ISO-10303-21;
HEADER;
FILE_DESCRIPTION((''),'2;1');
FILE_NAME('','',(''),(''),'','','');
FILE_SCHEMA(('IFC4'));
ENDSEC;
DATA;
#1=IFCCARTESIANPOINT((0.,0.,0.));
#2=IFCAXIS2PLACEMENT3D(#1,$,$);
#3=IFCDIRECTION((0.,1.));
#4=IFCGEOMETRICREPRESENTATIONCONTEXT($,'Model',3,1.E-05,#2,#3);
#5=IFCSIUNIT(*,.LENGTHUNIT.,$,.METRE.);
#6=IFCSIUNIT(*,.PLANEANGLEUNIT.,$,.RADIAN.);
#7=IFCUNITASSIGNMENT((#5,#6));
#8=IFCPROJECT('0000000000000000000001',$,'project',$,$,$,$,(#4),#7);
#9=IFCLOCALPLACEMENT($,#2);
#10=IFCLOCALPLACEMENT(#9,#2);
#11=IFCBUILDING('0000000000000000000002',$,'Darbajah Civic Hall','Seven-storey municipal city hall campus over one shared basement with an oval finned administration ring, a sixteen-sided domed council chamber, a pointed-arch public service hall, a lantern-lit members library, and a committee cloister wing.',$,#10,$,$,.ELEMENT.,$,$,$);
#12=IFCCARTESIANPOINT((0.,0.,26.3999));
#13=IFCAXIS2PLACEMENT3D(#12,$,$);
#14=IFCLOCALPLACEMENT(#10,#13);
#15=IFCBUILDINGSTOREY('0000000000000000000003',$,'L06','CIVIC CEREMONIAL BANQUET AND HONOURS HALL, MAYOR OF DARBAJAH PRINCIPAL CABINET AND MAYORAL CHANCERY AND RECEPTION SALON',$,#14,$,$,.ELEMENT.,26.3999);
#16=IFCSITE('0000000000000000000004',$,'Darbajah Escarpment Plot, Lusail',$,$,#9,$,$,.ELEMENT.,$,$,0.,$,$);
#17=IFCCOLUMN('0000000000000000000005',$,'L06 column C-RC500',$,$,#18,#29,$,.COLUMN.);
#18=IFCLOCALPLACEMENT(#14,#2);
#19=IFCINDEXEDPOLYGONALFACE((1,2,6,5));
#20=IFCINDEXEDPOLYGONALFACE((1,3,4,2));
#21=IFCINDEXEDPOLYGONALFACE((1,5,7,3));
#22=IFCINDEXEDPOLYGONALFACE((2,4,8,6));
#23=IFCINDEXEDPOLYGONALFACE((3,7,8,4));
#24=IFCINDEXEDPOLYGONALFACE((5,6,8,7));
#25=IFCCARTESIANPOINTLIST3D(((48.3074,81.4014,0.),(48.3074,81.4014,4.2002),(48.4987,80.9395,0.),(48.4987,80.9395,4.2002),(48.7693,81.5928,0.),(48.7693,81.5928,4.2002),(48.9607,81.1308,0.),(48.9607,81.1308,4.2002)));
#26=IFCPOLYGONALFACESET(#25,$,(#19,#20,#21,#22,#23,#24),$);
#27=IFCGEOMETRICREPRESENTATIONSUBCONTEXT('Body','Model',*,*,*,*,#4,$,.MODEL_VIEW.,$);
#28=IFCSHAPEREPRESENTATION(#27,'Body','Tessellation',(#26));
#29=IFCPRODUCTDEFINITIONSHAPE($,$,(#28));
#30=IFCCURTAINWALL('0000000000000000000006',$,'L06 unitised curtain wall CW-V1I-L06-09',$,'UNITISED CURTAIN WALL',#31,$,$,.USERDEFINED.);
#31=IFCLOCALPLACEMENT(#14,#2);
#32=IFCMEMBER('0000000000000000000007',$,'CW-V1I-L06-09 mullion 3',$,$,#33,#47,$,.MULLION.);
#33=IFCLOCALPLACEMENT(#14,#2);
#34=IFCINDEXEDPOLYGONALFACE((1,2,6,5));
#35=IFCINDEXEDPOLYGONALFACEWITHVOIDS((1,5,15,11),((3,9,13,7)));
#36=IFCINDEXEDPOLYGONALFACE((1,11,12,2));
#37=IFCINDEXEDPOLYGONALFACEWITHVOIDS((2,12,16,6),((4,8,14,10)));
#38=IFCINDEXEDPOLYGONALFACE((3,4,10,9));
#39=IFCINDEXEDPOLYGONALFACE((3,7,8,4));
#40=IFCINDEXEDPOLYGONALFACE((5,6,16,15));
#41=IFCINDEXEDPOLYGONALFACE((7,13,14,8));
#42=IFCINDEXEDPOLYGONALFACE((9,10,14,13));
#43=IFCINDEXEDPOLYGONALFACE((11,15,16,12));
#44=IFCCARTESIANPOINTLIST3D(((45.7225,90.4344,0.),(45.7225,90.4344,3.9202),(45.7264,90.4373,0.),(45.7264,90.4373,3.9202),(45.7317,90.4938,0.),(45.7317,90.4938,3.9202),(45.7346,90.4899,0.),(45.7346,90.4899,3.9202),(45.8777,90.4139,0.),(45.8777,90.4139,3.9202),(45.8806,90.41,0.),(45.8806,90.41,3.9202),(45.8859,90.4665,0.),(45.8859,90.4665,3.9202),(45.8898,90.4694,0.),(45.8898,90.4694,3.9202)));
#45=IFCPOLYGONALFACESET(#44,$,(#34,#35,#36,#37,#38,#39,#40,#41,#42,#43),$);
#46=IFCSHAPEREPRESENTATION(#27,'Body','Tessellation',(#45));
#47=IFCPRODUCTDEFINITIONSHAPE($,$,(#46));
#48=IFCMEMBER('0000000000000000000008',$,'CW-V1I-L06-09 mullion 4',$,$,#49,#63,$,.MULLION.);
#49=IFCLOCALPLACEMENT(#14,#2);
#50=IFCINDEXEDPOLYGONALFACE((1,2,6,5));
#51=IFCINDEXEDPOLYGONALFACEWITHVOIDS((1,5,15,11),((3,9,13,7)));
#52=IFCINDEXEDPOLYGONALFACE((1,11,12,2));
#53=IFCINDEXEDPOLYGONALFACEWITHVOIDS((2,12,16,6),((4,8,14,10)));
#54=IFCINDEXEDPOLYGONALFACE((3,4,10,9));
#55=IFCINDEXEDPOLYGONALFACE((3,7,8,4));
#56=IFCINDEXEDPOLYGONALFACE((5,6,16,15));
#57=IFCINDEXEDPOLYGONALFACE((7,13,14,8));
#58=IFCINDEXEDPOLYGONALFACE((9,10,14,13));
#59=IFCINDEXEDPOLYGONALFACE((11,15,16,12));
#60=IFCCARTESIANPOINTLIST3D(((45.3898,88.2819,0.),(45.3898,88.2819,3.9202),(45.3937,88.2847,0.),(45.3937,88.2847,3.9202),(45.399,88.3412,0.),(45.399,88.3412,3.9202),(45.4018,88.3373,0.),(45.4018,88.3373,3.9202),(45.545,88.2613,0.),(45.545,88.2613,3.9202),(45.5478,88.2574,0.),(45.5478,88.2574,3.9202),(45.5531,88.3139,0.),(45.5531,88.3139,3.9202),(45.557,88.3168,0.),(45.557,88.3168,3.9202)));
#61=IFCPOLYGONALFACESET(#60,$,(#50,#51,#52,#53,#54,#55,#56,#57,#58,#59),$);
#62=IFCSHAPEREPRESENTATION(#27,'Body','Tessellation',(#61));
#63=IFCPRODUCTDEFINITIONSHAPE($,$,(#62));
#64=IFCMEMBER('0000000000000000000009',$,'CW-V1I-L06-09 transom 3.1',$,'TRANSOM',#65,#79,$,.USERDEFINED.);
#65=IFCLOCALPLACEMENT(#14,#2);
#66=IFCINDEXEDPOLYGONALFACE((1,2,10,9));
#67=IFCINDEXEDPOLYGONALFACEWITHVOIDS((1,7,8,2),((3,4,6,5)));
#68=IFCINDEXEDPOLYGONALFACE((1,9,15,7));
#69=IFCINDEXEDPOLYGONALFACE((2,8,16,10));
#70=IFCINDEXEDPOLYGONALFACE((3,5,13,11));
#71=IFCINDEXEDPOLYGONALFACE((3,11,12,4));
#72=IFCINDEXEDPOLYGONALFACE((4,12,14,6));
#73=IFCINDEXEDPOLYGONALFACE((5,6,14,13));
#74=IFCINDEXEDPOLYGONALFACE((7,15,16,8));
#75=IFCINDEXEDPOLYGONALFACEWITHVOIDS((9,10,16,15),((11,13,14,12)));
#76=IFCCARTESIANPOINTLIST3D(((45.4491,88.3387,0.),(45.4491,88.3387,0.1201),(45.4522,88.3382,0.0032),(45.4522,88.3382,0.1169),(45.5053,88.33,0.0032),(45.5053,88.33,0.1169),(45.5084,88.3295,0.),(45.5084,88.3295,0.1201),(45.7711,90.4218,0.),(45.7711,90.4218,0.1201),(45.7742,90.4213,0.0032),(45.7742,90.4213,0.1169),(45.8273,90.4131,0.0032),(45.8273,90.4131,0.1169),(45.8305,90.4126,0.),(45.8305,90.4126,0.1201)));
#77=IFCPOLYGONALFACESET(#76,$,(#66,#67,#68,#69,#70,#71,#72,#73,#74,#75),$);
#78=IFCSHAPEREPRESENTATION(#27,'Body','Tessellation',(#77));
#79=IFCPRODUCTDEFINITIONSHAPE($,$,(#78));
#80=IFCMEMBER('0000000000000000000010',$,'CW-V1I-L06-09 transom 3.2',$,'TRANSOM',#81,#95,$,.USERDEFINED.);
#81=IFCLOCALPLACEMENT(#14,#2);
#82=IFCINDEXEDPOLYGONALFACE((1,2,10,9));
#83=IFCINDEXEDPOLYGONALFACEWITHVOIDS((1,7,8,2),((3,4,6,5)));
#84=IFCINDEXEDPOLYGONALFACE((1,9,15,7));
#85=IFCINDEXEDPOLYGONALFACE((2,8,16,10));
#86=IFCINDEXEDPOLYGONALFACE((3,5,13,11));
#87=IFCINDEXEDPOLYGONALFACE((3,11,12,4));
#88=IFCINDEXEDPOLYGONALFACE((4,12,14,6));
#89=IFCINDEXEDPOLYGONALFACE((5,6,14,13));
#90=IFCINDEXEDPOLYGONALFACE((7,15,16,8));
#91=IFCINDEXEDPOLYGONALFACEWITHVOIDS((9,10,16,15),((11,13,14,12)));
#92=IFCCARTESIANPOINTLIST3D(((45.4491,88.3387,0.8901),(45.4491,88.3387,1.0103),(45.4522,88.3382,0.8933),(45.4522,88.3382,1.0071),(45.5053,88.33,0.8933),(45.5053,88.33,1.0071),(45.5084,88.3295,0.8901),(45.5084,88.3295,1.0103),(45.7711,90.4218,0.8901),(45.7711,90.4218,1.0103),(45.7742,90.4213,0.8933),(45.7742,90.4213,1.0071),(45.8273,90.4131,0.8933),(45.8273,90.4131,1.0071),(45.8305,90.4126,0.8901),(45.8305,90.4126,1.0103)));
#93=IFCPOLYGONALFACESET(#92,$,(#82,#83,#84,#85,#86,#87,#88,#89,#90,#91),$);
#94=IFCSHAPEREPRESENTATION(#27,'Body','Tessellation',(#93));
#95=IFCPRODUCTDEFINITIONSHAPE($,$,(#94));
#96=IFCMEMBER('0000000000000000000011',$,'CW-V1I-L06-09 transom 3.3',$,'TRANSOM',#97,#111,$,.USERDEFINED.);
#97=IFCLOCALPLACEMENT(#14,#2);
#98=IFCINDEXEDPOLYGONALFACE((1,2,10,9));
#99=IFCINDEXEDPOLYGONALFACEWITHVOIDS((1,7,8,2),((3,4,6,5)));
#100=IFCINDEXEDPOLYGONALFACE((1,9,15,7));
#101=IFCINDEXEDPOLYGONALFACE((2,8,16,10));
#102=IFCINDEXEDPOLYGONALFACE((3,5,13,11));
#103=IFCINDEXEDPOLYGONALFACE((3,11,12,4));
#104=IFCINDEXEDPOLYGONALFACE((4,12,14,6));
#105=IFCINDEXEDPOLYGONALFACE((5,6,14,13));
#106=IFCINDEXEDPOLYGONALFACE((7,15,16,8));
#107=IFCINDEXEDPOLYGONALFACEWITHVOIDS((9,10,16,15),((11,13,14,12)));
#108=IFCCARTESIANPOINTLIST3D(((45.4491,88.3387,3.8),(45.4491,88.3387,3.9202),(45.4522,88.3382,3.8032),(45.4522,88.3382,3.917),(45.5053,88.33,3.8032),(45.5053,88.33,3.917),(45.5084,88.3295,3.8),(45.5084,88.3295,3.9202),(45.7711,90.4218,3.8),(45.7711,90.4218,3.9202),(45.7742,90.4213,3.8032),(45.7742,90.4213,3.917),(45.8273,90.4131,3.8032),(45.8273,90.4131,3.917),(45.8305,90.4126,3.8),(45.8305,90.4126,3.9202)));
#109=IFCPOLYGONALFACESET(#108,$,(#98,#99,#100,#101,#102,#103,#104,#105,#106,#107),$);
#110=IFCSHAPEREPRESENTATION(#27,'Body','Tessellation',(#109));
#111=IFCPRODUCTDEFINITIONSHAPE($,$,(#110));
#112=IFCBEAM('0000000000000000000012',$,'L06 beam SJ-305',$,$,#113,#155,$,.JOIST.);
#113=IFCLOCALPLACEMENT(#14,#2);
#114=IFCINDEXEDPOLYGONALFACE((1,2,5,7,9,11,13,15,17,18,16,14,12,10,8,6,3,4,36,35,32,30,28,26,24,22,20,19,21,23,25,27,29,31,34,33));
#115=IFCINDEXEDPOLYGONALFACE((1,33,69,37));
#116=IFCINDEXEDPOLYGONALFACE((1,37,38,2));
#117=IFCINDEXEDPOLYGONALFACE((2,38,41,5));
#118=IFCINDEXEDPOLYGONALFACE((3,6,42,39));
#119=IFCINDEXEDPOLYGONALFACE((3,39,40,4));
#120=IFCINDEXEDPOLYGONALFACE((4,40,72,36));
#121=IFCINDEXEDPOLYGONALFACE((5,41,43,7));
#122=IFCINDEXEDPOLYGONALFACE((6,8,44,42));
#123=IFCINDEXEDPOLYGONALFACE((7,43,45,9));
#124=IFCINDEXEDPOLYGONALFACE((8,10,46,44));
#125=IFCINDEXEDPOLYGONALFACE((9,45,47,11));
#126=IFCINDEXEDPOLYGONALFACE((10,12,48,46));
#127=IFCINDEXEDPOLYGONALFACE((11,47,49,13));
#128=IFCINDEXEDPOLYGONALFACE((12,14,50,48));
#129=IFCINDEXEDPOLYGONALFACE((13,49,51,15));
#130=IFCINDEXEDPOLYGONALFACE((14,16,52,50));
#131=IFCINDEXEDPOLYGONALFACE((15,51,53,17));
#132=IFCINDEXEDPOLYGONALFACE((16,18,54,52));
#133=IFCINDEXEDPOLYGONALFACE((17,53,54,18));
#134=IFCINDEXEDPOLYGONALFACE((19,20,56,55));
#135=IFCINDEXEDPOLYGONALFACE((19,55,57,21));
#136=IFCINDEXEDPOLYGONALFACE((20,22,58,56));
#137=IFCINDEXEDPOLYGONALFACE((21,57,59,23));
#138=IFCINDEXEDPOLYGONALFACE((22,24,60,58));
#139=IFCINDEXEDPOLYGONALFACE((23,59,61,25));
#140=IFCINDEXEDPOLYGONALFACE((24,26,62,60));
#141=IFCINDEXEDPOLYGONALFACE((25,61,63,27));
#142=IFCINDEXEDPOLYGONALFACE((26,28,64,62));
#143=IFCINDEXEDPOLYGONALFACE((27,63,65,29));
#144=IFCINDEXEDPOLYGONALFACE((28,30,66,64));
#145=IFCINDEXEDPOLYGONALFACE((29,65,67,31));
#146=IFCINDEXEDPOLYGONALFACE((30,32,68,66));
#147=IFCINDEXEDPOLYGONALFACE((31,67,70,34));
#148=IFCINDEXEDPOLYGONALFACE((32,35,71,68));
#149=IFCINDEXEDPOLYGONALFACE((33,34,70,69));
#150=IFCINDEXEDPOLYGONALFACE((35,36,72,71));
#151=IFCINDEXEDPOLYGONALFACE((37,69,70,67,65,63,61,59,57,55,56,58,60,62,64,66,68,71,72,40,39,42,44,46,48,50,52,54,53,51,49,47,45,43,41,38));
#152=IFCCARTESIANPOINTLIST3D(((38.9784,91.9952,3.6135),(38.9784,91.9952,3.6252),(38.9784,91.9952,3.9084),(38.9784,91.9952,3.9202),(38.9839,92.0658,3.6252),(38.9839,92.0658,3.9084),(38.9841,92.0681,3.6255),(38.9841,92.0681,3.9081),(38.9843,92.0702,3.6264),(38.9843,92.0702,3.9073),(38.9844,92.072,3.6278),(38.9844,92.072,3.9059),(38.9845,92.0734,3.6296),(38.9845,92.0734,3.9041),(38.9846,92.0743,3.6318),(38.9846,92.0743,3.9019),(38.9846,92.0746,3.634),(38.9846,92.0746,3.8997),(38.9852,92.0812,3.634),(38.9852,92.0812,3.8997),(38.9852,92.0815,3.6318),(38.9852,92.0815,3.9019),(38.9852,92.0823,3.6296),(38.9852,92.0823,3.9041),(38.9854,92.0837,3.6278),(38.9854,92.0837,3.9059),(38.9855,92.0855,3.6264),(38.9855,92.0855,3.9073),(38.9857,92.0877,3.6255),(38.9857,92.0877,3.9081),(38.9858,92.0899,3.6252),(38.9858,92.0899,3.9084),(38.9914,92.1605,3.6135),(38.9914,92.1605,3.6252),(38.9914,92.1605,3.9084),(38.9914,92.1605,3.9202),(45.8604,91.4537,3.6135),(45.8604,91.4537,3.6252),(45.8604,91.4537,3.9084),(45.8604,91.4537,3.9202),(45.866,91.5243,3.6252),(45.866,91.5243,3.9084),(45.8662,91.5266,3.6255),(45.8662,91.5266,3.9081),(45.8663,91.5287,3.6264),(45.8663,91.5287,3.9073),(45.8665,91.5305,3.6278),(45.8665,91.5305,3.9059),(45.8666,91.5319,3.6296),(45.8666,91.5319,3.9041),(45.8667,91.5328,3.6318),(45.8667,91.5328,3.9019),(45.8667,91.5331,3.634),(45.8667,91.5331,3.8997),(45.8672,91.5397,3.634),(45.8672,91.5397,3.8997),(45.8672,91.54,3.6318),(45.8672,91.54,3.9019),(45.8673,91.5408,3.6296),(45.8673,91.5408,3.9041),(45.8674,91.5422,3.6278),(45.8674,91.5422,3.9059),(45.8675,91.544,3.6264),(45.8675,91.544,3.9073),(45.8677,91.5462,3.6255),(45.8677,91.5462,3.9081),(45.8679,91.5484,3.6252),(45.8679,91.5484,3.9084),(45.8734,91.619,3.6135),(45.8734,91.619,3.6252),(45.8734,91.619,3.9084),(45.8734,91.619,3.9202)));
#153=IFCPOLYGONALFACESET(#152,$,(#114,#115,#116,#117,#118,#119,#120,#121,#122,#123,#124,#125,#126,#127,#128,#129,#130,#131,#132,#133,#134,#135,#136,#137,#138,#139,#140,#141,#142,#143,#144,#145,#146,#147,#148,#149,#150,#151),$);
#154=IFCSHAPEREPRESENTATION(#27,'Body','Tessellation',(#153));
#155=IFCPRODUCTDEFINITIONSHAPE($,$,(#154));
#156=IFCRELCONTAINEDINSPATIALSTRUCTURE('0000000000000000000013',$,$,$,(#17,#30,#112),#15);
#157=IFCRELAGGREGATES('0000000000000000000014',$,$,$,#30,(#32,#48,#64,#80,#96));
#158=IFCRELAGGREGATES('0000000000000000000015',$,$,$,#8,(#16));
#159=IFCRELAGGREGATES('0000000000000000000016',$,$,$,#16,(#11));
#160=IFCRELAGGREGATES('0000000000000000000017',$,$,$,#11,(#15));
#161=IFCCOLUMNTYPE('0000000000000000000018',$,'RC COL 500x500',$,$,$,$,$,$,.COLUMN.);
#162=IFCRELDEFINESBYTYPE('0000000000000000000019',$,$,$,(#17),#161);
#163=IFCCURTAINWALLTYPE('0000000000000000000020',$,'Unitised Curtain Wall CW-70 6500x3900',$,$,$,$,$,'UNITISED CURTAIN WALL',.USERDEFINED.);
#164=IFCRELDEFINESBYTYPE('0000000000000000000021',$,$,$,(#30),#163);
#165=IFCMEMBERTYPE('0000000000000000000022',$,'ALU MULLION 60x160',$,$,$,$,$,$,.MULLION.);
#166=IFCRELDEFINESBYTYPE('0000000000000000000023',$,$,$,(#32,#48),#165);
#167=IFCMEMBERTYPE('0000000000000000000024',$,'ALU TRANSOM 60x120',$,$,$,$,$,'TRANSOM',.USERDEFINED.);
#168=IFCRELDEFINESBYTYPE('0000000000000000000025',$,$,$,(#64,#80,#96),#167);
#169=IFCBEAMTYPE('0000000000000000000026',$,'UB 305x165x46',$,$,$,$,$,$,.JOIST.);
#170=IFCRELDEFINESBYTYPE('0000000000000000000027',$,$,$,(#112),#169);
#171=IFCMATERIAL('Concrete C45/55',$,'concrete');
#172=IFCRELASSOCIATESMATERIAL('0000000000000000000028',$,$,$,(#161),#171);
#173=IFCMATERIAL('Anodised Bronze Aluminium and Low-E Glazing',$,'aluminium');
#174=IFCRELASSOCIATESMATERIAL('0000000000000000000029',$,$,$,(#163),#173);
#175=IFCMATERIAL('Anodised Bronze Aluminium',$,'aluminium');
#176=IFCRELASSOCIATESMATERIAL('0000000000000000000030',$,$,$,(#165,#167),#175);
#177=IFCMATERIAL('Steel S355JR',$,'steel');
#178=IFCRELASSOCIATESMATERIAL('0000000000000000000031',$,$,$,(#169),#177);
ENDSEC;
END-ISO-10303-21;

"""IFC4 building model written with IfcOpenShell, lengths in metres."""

from ifc_helpers import new_model, si_unit, direction, frame, origin, origin_2d, place, context, subcontext, project, spatial, rectangle, hollow_rectangle, i_section, extrude, material, material_profile, profile_set, type_object, element, aggregate, save


model = new_model("IFC4")

# Units and contexts
model_context = context("Model", 3, precision=1e-05, world=origin(), true_north=direction((0.0, 1.0)))
body_context = subcontext(model_context, "Body", "Model", "MODEL_VIEW")
ifc_project = project(units=[si_unit("LENGTHUNIT", "METRE"), si_unit("PLANEANGLEUNIT", "RADIAN")], contexts=[model_context])

# Site, building, storey
site_placement = place(None, origin())
site = spatial("IfcSite", under=ifc_project, at=site_placement, Name="Darbajah Escarpment Plot, Lusail", CompositionType="ELEMENT", RefElevation=0.0)
building_placement = place(site_placement, origin())
building = spatial("IfcBuilding", under=site, at=building_placement, Name="Darbajah Civic Hall", Description="Seven-storey municipal city hall campus over one shared basement with an oval finned administration ring, a sixteen-sided domed council chamber, a pointed-arch public service hall, a lantern-lit members library, and a committee cloister wing.", CompositionType="ELEMENT")
storey_placement = place(building_placement, frame((0.0, 0.0, 26.3999)))
storey = spatial("IfcBuildingStorey", under=building, at=storey_placement, Name="L06", Description="CIVIC CEREMONIAL BANQUET AND HONOURS HALL, MAYOR OF DARBAJAH PRINCIPAL CABINET AND MAYORAL CHANCERY AND RECEPTION SALON", CompositionType="ELEMENT", Elevation=26.3999)

# Column
ifc_material_1 = material(Name="Concrete C45/55", Category="concrete")
ifc_material_profile_1 = material_profile(ifc_material_1, rectangle(XDim=0.5, YDim=0.5, at=origin_2d()), Name="RC COL 500x500")
ifc_profile_set_1 = profile_set([ifc_material_profile_1], Name="Concrete C45/55")
column_type = type_object("IfcColumnType", Name="RC COL 500x500", PredefinedType="COLUMN", material=ifc_profile_set_1)
column_placement = place(storey_placement, frame((48.634, 81.2661, 0.0), z_axis=(0.0, 0.0, 1.0), x_axis=(-0.92388, -0.382683, 0.0)))
element("IfcColumn", 1, at=column_placement, inside=storey, type_object=column_type, Name="L06 column C-RC500", PredefinedType="COLUMN", context=body_context, shape_type="SweptSolid", body=[
    extrude(rectangle(XDim=0.5, YDim=0.5, at=origin_2d()), origin(), (0.0, 0.0, 1.0), 4.2002),
])

# Curtain wall, members
ifc_material_2 = material(Name="Anodised Bronze Aluminium and Low-E Glazing", Category="aluminium")
curtain_wall_type = type_object("IfcCurtainWallType", Name="Unitised Curtain Wall CW-70 6500x3900", ElementType="UNITISED CURTAIN WALL", PredefinedType="USERDEFINED", material=ifc_material_2)
curtain_wall_placement = place(storey_placement, origin())
curtain_wall = element("IfcCurtainWall", 2, at=curtain_wall_placement, inside=storey, type_object=curtain_wall_type, Name="L06 unitised curtain wall CW-V1I-L06-09", ObjectType="UNITISED CURTAIN WALL", PredefinedType="USERDEFINED")
ifc_material_3 = material(Name="Anodised Bronze Aluminium", Category="aluminium")
ifc_material_profile_2 = material_profile(ifc_material_3, hollow_rectangle(XDim=0.0601, YDim=0.1599, WallThickness=0.0034, at=origin_2d()), Name="ALU MULLION 60x160")
ifc_profile_set_2 = profile_set([ifc_material_profile_2], Name="Anodised Bronze Aluminium")
member_type_1 = type_object("IfcMemberType", Name="ALU MULLION 60x160", PredefinedType="MULLION", material=ifc_profile_set_2)
member_1_placement = place(storey_placement, frame((45.8062, 90.4519, 0.0), z_axis=(0.0, 0.0, 1.0), x_axis=(-0.152813, -0.988255, 0.0)))
member_1 = element("IfcMember", 3, at=member_1_placement, type_object=member_type_1, Name="CW-V1I-L06-09 mullion 3", PredefinedType="MULLION", context=body_context, shape_type="SweptSolid", body=[
    extrude(hollow_rectangle(XDim=0.0601, YDim=0.1599, WallThickness=0.0034, at=origin_2d()), origin(), (0.0, 0.0, 1.0), 3.9202),
])
member_2_placement = place(storey_placement, frame((45.4734, 88.2993, 0.0), z_axis=(0.0, 0.0, 1.0), x_axis=(-0.152813, -0.988255, 0.0)))
member_2 = element("IfcMember", 4, at=member_2_placement, type_object=member_type_1, Name="CW-V1I-L06-09 mullion 4", PredefinedType="MULLION", context=body_context, shape_type="SweptSolid", body=[
    extrude(hollow_rectangle(XDim=0.0601, YDim=0.1599, WallThickness=0.0034, at=origin_2d()), origin(), (0.0, 0.0, 1.0), 3.9202),
])
ifc_material_profile_3 = material_profile(ifc_material_3, hollow_rectangle(XDim=0.0601, YDim=0.1201, WallThickness=0.0032, at=origin_2d()), Name="ALU TRANSOM 60x120")
ifc_profile_set_3 = profile_set([ifc_material_profile_3], Name="Anodised Bronze Aluminium")
member_type_2 = type_object("IfcMemberType", Name="ALU TRANSOM 60x120", ElementType="TRANSOM", PredefinedType="USERDEFINED", material=ifc_profile_set_3)
member_3_placement = place(storey_placement, frame((45.8008, 90.4172, 0.0601), z_axis=(-0.152762, -0.988263, 0.0), x_axis=(0.988263, -0.152762, 0.0)))
member_3 = element("IfcMember", 5, at=member_3_placement, type_object=member_type_2, Name="CW-V1I-L06-09 transom 3.1", ObjectType="TRANSOM", PredefinedType="USERDEFINED", context=body_context, shape_type="SweptSolid", body=[
    extrude(hollow_rectangle(XDim=0.0601, YDim=0.1201, WallThickness=0.0032, at=origin_2d()), origin(), (0.0, 0.0, 1.0), 2.1079),
])
member_4_placement = place(storey_placement, frame((45.8008, 90.4172, 0.9502), z_axis=(-0.152762, -0.988263, 0.0), x_axis=(0.988263, -0.152762, 0.0)))
member_4 = element("IfcMember", 6, at=member_4_placement, type_object=member_type_2, Name="CW-V1I-L06-09 transom 3.2", ObjectType="TRANSOM", PredefinedType="USERDEFINED", context=body_context, shape_type="SweptSolid", body=[
    extrude(hollow_rectangle(XDim=0.0601, YDim=0.1201, WallThickness=0.0032, at=origin_2d()), origin(), (0.0, 0.0, 1.0), 2.1079),
])
member_5_placement = place(storey_placement, frame((45.8008, 90.4172, 3.8601), z_axis=(-0.152762, -0.988263, 0.0), x_axis=(0.988263, -0.152762, 0.0)))
member_5 = element("IfcMember", 7, at=member_5_placement, type_object=member_type_2, Name="CW-V1I-L06-09 transom 3.3", ObjectType="TRANSOM", PredefinedType="USERDEFINED", context=body_context, shape_type="SweptSolid", body=[
    extrude(hollow_rectangle(XDim=0.0601, YDim=0.1201, WallThickness=0.0032, at=origin_2d()), origin(), (0.0, 0.0, 1.0), 2.1079),
])

# Beam
ifc_material_4 = material(Name="Steel S355JR", Category="steel")
ifc_material_profile_4 = material_profile(ifc_material_4, i_section(OverallWidth=0.1658, OverallDepth=0.3066, WebThickness=0.0066, FlangeThickness=0.0117, FilletRadius=0.0088, at=origin_2d()), Name="UB 305x165x46")
ifc_profile_set_4 = profile_set([ifc_material_profile_4], Name="Steel S355JR")
beam_type_1 = type_object("IfcBeamType", Name="UB 305x165x46", PredefinedType="JOIST", material=ifc_profile_set_4)
for number, where, z_axis, x_axis, name in (
    (8, (45.8669, 91.5364, 3.7668), (-0.996919, 0.078441, 0.0), (-0.078441, -0.996919, 0.0), "L06 beam SJ-305"),
):
    element("IfcBeam", number, at=place(storey_placement, frame(where, z_axis=z_axis, x_axis=x_axis)), inside=storey, type_object=beam_type_1, Name=name, PredefinedType="JOIST", context=body_context, shape_type="SweptSolid", body=[
        extrude(i_section(OverallWidth=0.1658, OverallDepth=0.3066, WebThickness=0.0066, FlangeThickness=0.0117, FilletRadius=0.0088, at=origin_2d()), origin(), (0.0, 0.0, 1.0), 6.9033),
    ])

aggregate(curtain_wall, [member_1, member_2, member_3, member_4, member_5])

save(model, "model.ifc")
